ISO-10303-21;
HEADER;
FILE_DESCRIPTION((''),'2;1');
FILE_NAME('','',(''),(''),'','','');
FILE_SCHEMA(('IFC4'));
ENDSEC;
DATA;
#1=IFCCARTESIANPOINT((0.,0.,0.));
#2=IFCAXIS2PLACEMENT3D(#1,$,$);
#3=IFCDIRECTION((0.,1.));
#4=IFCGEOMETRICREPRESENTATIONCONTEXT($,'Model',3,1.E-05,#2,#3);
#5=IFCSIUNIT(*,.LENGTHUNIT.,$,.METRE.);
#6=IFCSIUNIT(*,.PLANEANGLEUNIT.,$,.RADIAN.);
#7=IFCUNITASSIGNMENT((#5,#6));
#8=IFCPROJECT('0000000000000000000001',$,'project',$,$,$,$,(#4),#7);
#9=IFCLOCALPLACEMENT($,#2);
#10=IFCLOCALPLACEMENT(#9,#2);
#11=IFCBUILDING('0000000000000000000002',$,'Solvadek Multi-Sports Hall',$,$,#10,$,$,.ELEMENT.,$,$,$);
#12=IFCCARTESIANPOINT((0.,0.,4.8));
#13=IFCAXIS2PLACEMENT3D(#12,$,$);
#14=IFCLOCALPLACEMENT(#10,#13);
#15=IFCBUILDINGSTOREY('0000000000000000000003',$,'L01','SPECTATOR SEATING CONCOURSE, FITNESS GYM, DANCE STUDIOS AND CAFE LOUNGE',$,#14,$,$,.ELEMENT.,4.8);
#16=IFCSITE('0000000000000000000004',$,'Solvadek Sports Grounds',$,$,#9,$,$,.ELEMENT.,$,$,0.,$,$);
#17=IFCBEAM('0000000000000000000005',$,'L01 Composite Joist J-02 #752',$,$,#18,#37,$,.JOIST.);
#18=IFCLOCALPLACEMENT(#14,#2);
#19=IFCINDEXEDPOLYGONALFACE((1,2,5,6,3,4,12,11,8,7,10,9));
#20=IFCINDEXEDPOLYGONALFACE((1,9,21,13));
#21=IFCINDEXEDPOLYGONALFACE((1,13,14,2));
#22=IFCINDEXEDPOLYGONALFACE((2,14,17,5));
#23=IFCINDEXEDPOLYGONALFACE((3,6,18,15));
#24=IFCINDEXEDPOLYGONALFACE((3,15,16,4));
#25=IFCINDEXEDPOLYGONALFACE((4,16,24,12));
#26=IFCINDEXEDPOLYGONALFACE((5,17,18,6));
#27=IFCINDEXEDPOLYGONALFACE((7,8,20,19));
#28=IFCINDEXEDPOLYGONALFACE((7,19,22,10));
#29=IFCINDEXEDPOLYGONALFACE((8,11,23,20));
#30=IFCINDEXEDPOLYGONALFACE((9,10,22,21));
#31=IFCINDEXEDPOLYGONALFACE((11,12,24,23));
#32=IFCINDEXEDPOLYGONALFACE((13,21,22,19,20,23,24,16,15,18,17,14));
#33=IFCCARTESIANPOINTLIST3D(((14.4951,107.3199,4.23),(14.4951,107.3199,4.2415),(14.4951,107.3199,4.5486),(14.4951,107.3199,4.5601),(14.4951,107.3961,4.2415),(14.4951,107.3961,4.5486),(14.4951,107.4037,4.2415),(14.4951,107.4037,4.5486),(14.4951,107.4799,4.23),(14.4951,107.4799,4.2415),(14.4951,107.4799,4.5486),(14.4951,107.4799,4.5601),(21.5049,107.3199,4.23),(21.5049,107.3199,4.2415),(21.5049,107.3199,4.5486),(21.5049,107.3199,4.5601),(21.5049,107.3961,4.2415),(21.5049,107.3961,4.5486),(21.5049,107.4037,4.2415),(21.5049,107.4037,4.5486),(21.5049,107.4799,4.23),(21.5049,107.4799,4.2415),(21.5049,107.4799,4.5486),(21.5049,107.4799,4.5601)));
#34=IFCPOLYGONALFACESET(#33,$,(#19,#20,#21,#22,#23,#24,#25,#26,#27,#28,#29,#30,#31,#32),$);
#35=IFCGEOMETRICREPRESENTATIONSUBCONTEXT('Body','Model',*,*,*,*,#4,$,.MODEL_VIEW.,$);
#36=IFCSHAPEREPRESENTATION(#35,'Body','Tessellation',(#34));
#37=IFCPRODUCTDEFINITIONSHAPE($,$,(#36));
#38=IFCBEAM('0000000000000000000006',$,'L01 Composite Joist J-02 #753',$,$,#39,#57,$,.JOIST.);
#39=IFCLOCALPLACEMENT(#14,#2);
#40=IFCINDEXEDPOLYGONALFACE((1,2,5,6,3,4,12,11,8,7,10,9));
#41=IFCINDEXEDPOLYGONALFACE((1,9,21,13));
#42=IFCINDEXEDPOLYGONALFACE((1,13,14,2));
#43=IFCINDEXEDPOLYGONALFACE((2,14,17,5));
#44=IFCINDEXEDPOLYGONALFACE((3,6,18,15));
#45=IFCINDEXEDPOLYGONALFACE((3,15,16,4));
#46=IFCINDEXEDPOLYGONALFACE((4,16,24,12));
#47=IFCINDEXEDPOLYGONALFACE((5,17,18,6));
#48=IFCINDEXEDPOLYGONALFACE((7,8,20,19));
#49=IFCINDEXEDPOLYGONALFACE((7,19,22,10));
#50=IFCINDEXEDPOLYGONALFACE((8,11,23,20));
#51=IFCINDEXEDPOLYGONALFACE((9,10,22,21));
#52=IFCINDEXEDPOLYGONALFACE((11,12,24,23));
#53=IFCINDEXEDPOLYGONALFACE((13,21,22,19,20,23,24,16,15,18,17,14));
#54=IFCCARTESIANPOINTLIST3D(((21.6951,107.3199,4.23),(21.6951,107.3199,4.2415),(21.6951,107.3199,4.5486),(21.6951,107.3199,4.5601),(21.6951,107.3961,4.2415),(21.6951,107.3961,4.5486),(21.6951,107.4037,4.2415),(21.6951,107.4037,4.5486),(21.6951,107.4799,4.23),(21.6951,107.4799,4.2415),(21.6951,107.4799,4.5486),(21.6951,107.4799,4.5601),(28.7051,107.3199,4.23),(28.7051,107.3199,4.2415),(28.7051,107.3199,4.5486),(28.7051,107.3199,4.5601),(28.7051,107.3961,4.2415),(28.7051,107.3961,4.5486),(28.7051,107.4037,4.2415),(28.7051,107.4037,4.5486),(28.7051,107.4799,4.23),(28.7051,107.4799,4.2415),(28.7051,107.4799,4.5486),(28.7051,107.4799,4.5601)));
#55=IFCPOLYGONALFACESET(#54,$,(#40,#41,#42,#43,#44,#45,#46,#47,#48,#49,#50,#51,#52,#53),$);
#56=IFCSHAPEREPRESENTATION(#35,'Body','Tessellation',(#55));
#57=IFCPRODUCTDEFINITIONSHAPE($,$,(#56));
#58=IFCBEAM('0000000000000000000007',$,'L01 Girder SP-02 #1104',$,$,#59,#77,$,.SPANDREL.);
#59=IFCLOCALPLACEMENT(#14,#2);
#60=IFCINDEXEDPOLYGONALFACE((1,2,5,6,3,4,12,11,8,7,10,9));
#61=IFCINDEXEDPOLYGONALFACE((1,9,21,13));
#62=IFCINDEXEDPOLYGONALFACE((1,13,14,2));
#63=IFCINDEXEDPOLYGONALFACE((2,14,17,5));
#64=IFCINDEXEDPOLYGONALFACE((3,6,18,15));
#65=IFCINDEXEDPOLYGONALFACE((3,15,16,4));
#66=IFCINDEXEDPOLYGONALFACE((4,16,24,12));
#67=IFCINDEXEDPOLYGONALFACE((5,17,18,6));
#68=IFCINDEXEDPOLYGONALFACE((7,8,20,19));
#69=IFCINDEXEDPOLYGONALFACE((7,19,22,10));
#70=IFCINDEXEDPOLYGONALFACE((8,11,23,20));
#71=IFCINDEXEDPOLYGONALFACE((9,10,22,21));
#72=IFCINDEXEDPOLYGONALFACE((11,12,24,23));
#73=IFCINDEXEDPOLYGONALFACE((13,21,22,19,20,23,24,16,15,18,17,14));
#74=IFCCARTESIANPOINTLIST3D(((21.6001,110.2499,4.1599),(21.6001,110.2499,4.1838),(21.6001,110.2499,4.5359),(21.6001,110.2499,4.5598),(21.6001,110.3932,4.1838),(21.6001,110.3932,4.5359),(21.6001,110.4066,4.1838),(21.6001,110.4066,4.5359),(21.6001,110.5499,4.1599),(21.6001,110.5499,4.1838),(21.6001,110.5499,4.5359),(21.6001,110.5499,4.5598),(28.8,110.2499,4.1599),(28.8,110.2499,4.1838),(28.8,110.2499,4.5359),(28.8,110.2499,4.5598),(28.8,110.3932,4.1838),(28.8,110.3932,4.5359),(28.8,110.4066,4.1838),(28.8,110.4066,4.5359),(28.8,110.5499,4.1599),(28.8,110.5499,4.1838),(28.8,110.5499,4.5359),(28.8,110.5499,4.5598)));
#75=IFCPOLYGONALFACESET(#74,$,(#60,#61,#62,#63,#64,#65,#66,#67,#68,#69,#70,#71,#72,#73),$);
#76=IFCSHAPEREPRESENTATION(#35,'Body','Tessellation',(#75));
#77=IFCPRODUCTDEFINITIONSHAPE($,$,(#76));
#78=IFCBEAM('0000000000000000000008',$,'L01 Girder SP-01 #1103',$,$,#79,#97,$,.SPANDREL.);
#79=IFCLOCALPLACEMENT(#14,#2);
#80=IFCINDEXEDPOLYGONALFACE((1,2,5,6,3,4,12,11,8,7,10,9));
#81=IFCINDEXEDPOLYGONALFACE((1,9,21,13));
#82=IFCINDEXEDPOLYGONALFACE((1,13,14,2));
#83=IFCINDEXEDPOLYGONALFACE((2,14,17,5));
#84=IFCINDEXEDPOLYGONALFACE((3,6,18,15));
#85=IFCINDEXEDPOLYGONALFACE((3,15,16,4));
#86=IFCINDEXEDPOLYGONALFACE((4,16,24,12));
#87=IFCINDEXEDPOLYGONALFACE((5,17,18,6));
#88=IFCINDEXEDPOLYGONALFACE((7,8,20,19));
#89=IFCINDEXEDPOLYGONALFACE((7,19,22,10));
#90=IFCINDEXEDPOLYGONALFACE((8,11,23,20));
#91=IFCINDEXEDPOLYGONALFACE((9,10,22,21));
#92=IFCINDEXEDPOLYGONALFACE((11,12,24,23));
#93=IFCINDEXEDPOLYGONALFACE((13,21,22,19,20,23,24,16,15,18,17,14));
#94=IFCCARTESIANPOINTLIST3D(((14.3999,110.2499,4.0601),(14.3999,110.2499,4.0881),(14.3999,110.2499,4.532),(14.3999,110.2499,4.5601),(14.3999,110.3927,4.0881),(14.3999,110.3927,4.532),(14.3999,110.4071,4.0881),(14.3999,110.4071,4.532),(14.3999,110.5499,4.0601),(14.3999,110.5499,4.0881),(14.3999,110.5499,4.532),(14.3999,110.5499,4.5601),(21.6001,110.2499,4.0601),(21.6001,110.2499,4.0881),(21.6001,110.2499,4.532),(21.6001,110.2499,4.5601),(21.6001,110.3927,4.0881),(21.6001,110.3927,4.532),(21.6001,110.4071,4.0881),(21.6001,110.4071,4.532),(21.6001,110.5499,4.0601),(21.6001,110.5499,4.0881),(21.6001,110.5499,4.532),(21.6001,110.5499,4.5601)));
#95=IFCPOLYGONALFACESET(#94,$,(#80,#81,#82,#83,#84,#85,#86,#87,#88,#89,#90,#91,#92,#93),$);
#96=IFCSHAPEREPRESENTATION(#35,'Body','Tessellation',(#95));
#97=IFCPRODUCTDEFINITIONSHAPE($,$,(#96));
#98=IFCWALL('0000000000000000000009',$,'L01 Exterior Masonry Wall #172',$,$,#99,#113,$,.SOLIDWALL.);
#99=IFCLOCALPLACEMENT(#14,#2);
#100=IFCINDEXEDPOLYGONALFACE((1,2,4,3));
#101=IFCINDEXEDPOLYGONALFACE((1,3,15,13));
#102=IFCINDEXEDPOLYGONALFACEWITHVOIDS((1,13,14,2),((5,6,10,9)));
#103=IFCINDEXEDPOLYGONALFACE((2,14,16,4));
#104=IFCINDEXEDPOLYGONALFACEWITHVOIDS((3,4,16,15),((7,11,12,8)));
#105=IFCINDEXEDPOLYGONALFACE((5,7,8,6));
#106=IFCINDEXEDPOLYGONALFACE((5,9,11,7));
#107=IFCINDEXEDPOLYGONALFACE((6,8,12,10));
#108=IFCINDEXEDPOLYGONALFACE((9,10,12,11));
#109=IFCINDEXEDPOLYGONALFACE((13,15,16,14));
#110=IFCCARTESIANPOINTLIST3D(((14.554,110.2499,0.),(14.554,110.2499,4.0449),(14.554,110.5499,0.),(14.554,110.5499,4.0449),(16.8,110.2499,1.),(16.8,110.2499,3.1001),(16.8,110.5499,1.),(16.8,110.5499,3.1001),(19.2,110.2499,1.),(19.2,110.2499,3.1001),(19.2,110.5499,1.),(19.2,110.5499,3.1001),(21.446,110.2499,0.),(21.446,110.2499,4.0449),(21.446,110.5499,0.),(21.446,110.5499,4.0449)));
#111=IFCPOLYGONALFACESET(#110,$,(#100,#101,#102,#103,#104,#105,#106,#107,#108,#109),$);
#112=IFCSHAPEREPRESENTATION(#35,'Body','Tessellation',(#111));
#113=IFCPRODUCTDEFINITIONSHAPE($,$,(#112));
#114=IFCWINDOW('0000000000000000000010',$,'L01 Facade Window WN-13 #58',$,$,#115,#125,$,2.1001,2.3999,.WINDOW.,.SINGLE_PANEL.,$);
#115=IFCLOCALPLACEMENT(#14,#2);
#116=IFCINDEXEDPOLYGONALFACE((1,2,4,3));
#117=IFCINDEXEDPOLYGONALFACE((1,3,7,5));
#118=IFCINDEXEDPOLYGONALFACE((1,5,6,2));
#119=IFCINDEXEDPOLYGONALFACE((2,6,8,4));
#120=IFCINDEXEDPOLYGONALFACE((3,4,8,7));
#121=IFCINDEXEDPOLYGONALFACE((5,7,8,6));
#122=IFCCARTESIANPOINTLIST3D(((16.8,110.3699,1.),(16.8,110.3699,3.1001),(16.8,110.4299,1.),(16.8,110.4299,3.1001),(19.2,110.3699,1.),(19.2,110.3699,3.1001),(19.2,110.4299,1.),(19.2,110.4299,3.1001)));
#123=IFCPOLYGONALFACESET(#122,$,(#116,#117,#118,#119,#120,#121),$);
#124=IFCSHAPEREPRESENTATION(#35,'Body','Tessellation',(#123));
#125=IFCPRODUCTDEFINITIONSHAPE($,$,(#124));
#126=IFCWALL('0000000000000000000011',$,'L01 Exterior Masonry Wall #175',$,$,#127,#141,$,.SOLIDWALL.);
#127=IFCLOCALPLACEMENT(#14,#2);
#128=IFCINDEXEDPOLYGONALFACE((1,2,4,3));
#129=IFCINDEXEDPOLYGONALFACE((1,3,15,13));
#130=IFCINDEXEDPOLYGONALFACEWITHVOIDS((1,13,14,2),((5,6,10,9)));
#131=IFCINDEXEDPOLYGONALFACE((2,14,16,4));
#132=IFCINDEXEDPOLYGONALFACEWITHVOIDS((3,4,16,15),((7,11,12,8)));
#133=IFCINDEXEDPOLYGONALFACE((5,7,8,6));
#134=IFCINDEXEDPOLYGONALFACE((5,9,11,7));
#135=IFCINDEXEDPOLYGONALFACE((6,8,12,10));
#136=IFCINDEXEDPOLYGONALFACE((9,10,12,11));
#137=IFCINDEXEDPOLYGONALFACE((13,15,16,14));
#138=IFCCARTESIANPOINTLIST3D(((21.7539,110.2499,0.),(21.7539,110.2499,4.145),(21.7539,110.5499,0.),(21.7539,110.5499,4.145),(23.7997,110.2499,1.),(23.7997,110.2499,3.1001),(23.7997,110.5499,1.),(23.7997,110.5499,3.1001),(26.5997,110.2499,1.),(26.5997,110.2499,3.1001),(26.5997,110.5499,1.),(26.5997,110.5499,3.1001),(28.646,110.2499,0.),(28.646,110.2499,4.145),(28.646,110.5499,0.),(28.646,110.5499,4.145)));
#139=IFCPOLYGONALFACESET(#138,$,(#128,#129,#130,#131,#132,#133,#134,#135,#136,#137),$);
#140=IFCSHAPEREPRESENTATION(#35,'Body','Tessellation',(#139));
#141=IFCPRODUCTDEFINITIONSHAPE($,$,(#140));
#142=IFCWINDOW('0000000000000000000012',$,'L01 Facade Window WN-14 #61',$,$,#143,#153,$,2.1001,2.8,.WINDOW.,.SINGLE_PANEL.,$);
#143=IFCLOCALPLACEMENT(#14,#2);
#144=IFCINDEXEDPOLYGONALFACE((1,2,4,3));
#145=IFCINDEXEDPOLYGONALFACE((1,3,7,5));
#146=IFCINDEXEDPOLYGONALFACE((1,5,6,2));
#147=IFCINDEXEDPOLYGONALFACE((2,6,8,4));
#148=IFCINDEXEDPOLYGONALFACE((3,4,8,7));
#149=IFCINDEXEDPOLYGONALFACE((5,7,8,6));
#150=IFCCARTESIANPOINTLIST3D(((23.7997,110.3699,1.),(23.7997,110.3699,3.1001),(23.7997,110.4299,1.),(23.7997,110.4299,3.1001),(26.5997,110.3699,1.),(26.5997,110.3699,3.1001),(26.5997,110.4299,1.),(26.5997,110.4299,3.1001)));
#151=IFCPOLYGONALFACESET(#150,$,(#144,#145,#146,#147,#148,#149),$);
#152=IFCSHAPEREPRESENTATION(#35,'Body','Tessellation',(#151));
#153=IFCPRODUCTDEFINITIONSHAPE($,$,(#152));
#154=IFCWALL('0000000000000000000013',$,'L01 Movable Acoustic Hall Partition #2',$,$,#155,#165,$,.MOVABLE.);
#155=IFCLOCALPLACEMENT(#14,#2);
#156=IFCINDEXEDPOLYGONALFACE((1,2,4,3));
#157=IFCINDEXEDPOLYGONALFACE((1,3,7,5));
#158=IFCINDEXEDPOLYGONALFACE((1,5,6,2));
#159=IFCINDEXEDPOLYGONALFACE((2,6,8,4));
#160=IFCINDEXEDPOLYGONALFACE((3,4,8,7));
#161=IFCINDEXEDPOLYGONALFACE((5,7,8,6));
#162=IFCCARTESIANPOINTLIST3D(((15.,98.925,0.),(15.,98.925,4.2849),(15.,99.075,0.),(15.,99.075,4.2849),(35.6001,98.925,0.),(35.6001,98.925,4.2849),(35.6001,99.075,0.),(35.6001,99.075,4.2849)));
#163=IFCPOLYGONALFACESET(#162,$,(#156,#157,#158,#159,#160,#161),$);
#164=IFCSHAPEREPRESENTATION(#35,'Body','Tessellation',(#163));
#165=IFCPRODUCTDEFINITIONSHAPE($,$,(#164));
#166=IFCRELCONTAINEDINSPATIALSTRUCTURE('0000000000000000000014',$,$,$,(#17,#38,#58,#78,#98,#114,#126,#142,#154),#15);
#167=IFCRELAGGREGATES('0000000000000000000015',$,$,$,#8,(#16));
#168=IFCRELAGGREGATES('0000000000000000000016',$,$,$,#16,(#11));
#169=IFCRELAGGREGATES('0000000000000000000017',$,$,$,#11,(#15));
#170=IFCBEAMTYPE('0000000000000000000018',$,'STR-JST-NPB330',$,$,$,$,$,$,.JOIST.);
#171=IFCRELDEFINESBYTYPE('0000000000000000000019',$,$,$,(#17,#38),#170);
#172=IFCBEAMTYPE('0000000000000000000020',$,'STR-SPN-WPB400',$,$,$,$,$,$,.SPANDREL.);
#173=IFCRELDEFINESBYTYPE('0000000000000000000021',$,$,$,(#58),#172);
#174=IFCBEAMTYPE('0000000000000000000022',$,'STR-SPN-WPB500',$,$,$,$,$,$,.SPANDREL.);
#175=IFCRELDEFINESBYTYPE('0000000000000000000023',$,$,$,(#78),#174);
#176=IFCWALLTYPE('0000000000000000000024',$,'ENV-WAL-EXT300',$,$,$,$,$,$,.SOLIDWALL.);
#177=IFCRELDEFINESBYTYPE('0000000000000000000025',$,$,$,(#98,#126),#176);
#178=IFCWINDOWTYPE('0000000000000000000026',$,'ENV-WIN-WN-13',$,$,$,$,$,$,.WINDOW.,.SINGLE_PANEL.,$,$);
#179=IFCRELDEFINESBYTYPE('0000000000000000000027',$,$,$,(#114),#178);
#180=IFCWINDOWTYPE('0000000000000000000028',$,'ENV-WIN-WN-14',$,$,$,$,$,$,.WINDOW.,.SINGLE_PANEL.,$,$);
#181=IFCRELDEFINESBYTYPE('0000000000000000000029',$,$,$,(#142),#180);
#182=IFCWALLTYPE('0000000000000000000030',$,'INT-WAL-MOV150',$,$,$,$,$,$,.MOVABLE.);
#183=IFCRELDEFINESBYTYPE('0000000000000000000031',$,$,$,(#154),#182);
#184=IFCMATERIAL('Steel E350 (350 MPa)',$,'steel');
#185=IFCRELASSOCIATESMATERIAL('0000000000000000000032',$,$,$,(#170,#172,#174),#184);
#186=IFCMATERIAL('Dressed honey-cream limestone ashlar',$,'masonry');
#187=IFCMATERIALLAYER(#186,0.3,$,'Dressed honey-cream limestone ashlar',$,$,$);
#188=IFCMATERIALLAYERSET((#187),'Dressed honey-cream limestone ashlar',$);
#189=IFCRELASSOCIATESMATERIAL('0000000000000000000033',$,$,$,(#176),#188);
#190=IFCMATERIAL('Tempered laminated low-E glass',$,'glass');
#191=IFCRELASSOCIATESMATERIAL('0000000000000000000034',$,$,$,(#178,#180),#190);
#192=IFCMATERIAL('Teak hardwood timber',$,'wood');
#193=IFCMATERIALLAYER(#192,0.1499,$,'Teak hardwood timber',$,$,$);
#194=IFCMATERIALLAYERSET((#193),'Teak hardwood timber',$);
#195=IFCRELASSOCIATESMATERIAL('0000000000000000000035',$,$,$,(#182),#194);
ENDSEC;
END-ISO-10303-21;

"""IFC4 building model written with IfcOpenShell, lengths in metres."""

from ifc_helpers import new_model, si_unit, direction, frame, frame_2d, origin, origin_2d, place, context, subcontext, project, spatial, rectangle, i_section, extrude, material, layer, layer_set, material_profile, profile_set, type_object, element, fill, save


model = new_model("IFC4")

# Units and contexts
model_context = context("Model", 3, precision=1e-05, world=origin(), true_north=direction((0.0, 1.0)))
body_context = subcontext(model_context, "Body", "Model", "MODEL_VIEW")
ifc_project = project(units=[si_unit("LENGTHUNIT", "METRE"), si_unit("PLANEANGLEUNIT", "RADIAN")], contexts=[model_context])

# Site, building, storey
site_placement = place(None, origin())
site = spatial("IfcSite", under=ifc_project, at=site_placement, Name="Solvadek Sports Grounds", CompositionType="ELEMENT", RefElevation=0.0)
building_placement = place(site_placement, origin())
building = spatial("IfcBuilding", under=site, at=building_placement, Name="Solvadek Multi-Sports Hall", CompositionType="ELEMENT")
storey_placement = place(building_placement, frame((0.0, 0.0, 4.8)))
storey = spatial("IfcBuildingStorey", under=building, at=storey_placement, Name="L01", Description="SPECTATOR SEATING CONCOURSE, FITNESS GYM, DANCE STUDIOS AND CAFE LOUNGE", CompositionType="ELEMENT", Elevation=4.8)

# Shared definitions
ifc_material_1 = material(Name="Steel E350 (350 MPa)", Category="steel")

# Beams
ifc_material_profile_1 = material_profile(ifc_material_1, i_section(OverallWidth=0.1599, OverallDepth=0.3301, WebThickness=0.0076, FlangeThickness=0.0115, at=origin_2d()), Name="NPB 330")
ifc_profile_set_1 = profile_set([ifc_material_profile_1], Name="Steel E350 (350 MPa)")
beam_type_1 = type_object("IfcBeamType", Name="STR-JST-NPB330", PredefinedType="JOIST", material=ifc_profile_set_1)
beam_1_placement = place(storey_placement, frame((14.4951, 107.3999, 4.395), z_axis=(1.0, 0.0, 0.0), x_axis=(0.0, 1.0, 0.0)))
element("IfcBeam", 1, at=beam_1_placement, inside=storey, type_object=beam_type_1, Name="L01 Composite Joist J-02 #752", PredefinedType="JOIST", context=body_context, shape_type="SweptSolid", body=[
    extrude(i_section(OverallWidth=0.1599, OverallDepth=0.3301, WebThickness=0.0076, FlangeThickness=0.0115, at=origin_2d()), origin(), (0.0, 0.0, 1.0), 7.0098),
])
beam_2_placement = place(storey_placement, frame((21.6951, 107.3999, 4.395), z_axis=(1.0, 0.0, 0.0), x_axis=(0.0, 1.0, 0.0)))
element("IfcBeam", 2, at=beam_2_placement, inside=storey, type_object=beam_type_1, Name="L01 Composite Joist J-02 #753", PredefinedType="JOIST", context=body_context, shape_type="SweptSolid", body=[
    extrude(i_section(OverallWidth=0.1599, OverallDepth=0.3301, WebThickness=0.0076, FlangeThickness=0.0115, at=origin_2d()), origin(), (0.0, 0.0, 1.0), 7.01),
])
ifc_material_profile_2 = material_profile(ifc_material_1, i_section(OverallWidth=0.3, OverallDepth=0.3999, WebThickness=0.0134, FlangeThickness=0.0239, at=origin_2d()), Name="WPB 400")
ifc_profile_set_2 = profile_set([ifc_material_profile_2], Name="Steel E350 (350 MPa)")
beam_type_2 = type_object("IfcBeamType", Name="STR-SPN-WPB400", PredefinedType="SPANDREL", material=ifc_profile_set_2)
beam_3_placement = place(storey_placement, frame((21.6001, 110.3999, 4.3599), z_axis=(1.0, 0.0, 0.0), x_axis=(0.0, 1.0, 0.0)))
element("IfcBeam", 3, at=beam_3_placement, inside=storey, type_object=beam_type_2, Name="L01 Girder SP-02 #1104", PredefinedType="SPANDREL", context=body_context, shape_type="SweptSolid", body=[
    extrude(i_section(OverallWidth=0.3, OverallDepth=0.3999, WebThickness=0.0134, FlangeThickness=0.0239, at=origin_2d()), origin(), (0.0, 0.0, 1.0), 7.2),
])
ifc_material_profile_3 = material_profile(ifc_material_1, i_section(OverallWidth=0.3, OverallDepth=0.5, WebThickness=0.0144, FlangeThickness=0.0281, at=origin_2d()), Name="WPB 500")
ifc_profile_set_3 = profile_set([ifc_material_profile_3], Name="Steel E350 (350 MPa)")
beam_type_3 = type_object("IfcBeamType", Name="STR-SPN-WPB500", PredefinedType="SPANDREL", material=ifc_profile_set_3)
beam_4_placement = place(storey_placement, frame((14.3999, 110.3999, 4.3101), z_axis=(1.0, 0.0, 0.0), x_axis=(0.0, 1.0, 0.0)))
element("IfcBeam", 4, at=beam_4_placement, inside=storey, type_object=beam_type_3, Name="L01 Girder SP-01 #1103", PredefinedType="SPANDREL", context=body_context, shape_type="SweptSolid", body=[
    extrude(i_section(OverallWidth=0.3, OverallDepth=0.5, WebThickness=0.0144, FlangeThickness=0.0281, at=origin_2d()), origin(), (0.0, 0.0, 1.0), 7.2002),
])

# Walls, openings, windows
ifc_material_2 = material(Name="Dressed honey-cream limestone ashlar", Category="masonry")
ifc_layer_1 = layer(ifc_material_2, 0.3, Name="Dressed honey-cream limestone ashlar")
ifc_layer_set_1 = layer_set([ifc_layer_1], Name="Dressed honey-cream limestone ashlar")
wall_type_1 = type_object("IfcWallType", Name="ENV-WAL-EXT300", PredefinedType="SOLIDWALL", material=ifc_layer_set_1)
wall_1_placement = place(storey_placement, frame((14.554, 110.3999, 0.0), z_axis=(0.0, 0.0, 1.0), x_axis=(1.0, 0.0, 0.0)))
wall_1 = element("IfcWall", 5, at=wall_1_placement, inside=storey, type_object=wall_type_1, Name="L01 Exterior Masonry Wall #172", PredefinedType="SOLIDWALL", context=body_context, shape_type="SweptSolid", body=[
    extrude(rectangle(XDim=6.8921, YDim=0.3, at=frame_2d((3.446, 0.0))), origin(), (0.0, 0.0, 1.0), 4.0449),
])
opening_1_placement = place(wall_1_placement, frame((2.2461, 0.0, 1.0)))
opening_1 = element("IfcOpeningElement", 6, at=opening_1_placement, cuts=wall_1, PredefinedType="OPENING", context=body_context, shape_type="SweptSolid", body=[
    extrude(rectangle(XDim=2.3999, YDim=2.1001, at=frame_2d((1.2, 1.05))), frame((0.0, 0.1599, 0.0), z_axis=(0.0, -1.0, 0.0), x_axis=(1.0, 0.0, 0.0)), (0.0, 0.0, 1.0), 0.3201),
])
ifc_material_3 = material(Name="Tempered laminated low-E glass", Category="glass")
window_type_1 = type_object("IfcWindowType", Name="ENV-WIN-WN-13", PartitioningType="SINGLE_PANEL", PredefinedType="WINDOW", material=ifc_material_3)
window_1_placement = place(opening_1_placement, origin())
window_1 = element("IfcWindow", 7, at=window_1_placement, inside=storey, type_object=window_type_1, Name="L01 Facade Window WN-13 #58", OverallHeight=2.1001, OverallWidth=2.3999, PartitioningType="SINGLE_PANEL", PredefinedType="WINDOW", context=body_context, shape_type="SweptSolid", body=[
    extrude(rectangle(XDim=2.3999, YDim=2.1001, at=frame_2d((1.2, 1.05))), frame((0.0, 0.03, 0.0), z_axis=(0.0, -1.0, 0.0), x_axis=(1.0, 0.0, 0.0)), (0.0, 0.0, 1.0), 0.0601),
])
fill(opening_1, window_1)
wall_2_placement = place(storey_placement, frame((21.7539, 110.3999, 0.0), z_axis=(0.0, 0.0, 1.0), x_axis=(1.0, 0.0, 0.0)))
wall_2 = element("IfcWall", 8, at=wall_2_placement, inside=storey, type_object=wall_type_1, Name="L01 Exterior Masonry Wall #175", PredefinedType="SOLIDWALL", context=body_context, shape_type="SweptSolid", body=[
    extrude(rectangle(XDim=6.8921, YDim=0.3, at=frame_2d((3.446, 0.0))), origin(), (0.0, 0.0, 1.0), 4.145),
])
opening_2_placement = place(wall_2_placement, frame((2.0459, 0.0, 1.0)))
opening_2 = element("IfcOpeningElement", 9, at=opening_2_placement, cuts=wall_2, PredefinedType="OPENING", context=body_context, shape_type="SweptSolid", body=[
    extrude(rectangle(XDim=2.8, YDim=2.1001, at=frame_2d((1.3999, 1.05))), frame((0.0, 0.1599, 0.0), z_axis=(0.0, -1.0, 0.0), x_axis=(1.0, 0.0, 0.0)), (0.0, 0.0, 1.0), 0.3201),
])
window_type_2 = type_object("IfcWindowType", Name="ENV-WIN-WN-14", PartitioningType="SINGLE_PANEL", PredefinedType="WINDOW", material=ifc_material_3)
window_2_placement = place(opening_2_placement, origin())
window_2 = element("IfcWindow", 10, at=window_2_placement, inside=storey, type_object=window_type_2, Name="L01 Facade Window WN-14 #61", OverallHeight=2.1001, OverallWidth=2.8, PartitioningType="SINGLE_PANEL", PredefinedType="WINDOW", context=body_context, shape_type="SweptSolid", body=[
    extrude(rectangle(XDim=2.8, YDim=2.1001, at=frame_2d((1.3999, 1.05))), frame((0.0, 0.03, 0.0), z_axis=(0.0, -1.0, 0.0), x_axis=(1.0, 0.0, 0.0)), (0.0, 0.0, 1.0), 0.0601),
])
fill(opening_2, window_2)

# Wall
ifc_material_4 = material(Name="Teak hardwood timber", Category="wood")
ifc_layer_2 = layer(ifc_material_4, 0.1499, Name="Teak hardwood timber")
ifc_layer_set_2 = layer_set([ifc_layer_2], Name="Teak hardwood timber")
wall_type_2 = type_object("IfcWallType", Name="INT-WAL-MOV150", PredefinedType="MOVABLE", material=ifc_layer_set_2)
wall_3_placement = place(storey_placement, frame((15.0, 99.0, 0.0), z_axis=(0.0, 0.0, 1.0), x_axis=(1.0, 0.0, 0.0)))
element("IfcWall", 11, at=wall_3_placement, inside=storey, type_object=wall_type_2, Name="L01 Movable Acoustic Hall Partition #2", PredefinedType="MOVABLE", context=body_context, shape_type="SweptSolid", body=[
    extrude(rectangle(XDim=20.6001, YDim=0.1499, at=frame_2d((10.3, 0.0))), origin(), (0.0, 0.0, 1.0), 4.2849),
])

save(model, "model.ifc")
